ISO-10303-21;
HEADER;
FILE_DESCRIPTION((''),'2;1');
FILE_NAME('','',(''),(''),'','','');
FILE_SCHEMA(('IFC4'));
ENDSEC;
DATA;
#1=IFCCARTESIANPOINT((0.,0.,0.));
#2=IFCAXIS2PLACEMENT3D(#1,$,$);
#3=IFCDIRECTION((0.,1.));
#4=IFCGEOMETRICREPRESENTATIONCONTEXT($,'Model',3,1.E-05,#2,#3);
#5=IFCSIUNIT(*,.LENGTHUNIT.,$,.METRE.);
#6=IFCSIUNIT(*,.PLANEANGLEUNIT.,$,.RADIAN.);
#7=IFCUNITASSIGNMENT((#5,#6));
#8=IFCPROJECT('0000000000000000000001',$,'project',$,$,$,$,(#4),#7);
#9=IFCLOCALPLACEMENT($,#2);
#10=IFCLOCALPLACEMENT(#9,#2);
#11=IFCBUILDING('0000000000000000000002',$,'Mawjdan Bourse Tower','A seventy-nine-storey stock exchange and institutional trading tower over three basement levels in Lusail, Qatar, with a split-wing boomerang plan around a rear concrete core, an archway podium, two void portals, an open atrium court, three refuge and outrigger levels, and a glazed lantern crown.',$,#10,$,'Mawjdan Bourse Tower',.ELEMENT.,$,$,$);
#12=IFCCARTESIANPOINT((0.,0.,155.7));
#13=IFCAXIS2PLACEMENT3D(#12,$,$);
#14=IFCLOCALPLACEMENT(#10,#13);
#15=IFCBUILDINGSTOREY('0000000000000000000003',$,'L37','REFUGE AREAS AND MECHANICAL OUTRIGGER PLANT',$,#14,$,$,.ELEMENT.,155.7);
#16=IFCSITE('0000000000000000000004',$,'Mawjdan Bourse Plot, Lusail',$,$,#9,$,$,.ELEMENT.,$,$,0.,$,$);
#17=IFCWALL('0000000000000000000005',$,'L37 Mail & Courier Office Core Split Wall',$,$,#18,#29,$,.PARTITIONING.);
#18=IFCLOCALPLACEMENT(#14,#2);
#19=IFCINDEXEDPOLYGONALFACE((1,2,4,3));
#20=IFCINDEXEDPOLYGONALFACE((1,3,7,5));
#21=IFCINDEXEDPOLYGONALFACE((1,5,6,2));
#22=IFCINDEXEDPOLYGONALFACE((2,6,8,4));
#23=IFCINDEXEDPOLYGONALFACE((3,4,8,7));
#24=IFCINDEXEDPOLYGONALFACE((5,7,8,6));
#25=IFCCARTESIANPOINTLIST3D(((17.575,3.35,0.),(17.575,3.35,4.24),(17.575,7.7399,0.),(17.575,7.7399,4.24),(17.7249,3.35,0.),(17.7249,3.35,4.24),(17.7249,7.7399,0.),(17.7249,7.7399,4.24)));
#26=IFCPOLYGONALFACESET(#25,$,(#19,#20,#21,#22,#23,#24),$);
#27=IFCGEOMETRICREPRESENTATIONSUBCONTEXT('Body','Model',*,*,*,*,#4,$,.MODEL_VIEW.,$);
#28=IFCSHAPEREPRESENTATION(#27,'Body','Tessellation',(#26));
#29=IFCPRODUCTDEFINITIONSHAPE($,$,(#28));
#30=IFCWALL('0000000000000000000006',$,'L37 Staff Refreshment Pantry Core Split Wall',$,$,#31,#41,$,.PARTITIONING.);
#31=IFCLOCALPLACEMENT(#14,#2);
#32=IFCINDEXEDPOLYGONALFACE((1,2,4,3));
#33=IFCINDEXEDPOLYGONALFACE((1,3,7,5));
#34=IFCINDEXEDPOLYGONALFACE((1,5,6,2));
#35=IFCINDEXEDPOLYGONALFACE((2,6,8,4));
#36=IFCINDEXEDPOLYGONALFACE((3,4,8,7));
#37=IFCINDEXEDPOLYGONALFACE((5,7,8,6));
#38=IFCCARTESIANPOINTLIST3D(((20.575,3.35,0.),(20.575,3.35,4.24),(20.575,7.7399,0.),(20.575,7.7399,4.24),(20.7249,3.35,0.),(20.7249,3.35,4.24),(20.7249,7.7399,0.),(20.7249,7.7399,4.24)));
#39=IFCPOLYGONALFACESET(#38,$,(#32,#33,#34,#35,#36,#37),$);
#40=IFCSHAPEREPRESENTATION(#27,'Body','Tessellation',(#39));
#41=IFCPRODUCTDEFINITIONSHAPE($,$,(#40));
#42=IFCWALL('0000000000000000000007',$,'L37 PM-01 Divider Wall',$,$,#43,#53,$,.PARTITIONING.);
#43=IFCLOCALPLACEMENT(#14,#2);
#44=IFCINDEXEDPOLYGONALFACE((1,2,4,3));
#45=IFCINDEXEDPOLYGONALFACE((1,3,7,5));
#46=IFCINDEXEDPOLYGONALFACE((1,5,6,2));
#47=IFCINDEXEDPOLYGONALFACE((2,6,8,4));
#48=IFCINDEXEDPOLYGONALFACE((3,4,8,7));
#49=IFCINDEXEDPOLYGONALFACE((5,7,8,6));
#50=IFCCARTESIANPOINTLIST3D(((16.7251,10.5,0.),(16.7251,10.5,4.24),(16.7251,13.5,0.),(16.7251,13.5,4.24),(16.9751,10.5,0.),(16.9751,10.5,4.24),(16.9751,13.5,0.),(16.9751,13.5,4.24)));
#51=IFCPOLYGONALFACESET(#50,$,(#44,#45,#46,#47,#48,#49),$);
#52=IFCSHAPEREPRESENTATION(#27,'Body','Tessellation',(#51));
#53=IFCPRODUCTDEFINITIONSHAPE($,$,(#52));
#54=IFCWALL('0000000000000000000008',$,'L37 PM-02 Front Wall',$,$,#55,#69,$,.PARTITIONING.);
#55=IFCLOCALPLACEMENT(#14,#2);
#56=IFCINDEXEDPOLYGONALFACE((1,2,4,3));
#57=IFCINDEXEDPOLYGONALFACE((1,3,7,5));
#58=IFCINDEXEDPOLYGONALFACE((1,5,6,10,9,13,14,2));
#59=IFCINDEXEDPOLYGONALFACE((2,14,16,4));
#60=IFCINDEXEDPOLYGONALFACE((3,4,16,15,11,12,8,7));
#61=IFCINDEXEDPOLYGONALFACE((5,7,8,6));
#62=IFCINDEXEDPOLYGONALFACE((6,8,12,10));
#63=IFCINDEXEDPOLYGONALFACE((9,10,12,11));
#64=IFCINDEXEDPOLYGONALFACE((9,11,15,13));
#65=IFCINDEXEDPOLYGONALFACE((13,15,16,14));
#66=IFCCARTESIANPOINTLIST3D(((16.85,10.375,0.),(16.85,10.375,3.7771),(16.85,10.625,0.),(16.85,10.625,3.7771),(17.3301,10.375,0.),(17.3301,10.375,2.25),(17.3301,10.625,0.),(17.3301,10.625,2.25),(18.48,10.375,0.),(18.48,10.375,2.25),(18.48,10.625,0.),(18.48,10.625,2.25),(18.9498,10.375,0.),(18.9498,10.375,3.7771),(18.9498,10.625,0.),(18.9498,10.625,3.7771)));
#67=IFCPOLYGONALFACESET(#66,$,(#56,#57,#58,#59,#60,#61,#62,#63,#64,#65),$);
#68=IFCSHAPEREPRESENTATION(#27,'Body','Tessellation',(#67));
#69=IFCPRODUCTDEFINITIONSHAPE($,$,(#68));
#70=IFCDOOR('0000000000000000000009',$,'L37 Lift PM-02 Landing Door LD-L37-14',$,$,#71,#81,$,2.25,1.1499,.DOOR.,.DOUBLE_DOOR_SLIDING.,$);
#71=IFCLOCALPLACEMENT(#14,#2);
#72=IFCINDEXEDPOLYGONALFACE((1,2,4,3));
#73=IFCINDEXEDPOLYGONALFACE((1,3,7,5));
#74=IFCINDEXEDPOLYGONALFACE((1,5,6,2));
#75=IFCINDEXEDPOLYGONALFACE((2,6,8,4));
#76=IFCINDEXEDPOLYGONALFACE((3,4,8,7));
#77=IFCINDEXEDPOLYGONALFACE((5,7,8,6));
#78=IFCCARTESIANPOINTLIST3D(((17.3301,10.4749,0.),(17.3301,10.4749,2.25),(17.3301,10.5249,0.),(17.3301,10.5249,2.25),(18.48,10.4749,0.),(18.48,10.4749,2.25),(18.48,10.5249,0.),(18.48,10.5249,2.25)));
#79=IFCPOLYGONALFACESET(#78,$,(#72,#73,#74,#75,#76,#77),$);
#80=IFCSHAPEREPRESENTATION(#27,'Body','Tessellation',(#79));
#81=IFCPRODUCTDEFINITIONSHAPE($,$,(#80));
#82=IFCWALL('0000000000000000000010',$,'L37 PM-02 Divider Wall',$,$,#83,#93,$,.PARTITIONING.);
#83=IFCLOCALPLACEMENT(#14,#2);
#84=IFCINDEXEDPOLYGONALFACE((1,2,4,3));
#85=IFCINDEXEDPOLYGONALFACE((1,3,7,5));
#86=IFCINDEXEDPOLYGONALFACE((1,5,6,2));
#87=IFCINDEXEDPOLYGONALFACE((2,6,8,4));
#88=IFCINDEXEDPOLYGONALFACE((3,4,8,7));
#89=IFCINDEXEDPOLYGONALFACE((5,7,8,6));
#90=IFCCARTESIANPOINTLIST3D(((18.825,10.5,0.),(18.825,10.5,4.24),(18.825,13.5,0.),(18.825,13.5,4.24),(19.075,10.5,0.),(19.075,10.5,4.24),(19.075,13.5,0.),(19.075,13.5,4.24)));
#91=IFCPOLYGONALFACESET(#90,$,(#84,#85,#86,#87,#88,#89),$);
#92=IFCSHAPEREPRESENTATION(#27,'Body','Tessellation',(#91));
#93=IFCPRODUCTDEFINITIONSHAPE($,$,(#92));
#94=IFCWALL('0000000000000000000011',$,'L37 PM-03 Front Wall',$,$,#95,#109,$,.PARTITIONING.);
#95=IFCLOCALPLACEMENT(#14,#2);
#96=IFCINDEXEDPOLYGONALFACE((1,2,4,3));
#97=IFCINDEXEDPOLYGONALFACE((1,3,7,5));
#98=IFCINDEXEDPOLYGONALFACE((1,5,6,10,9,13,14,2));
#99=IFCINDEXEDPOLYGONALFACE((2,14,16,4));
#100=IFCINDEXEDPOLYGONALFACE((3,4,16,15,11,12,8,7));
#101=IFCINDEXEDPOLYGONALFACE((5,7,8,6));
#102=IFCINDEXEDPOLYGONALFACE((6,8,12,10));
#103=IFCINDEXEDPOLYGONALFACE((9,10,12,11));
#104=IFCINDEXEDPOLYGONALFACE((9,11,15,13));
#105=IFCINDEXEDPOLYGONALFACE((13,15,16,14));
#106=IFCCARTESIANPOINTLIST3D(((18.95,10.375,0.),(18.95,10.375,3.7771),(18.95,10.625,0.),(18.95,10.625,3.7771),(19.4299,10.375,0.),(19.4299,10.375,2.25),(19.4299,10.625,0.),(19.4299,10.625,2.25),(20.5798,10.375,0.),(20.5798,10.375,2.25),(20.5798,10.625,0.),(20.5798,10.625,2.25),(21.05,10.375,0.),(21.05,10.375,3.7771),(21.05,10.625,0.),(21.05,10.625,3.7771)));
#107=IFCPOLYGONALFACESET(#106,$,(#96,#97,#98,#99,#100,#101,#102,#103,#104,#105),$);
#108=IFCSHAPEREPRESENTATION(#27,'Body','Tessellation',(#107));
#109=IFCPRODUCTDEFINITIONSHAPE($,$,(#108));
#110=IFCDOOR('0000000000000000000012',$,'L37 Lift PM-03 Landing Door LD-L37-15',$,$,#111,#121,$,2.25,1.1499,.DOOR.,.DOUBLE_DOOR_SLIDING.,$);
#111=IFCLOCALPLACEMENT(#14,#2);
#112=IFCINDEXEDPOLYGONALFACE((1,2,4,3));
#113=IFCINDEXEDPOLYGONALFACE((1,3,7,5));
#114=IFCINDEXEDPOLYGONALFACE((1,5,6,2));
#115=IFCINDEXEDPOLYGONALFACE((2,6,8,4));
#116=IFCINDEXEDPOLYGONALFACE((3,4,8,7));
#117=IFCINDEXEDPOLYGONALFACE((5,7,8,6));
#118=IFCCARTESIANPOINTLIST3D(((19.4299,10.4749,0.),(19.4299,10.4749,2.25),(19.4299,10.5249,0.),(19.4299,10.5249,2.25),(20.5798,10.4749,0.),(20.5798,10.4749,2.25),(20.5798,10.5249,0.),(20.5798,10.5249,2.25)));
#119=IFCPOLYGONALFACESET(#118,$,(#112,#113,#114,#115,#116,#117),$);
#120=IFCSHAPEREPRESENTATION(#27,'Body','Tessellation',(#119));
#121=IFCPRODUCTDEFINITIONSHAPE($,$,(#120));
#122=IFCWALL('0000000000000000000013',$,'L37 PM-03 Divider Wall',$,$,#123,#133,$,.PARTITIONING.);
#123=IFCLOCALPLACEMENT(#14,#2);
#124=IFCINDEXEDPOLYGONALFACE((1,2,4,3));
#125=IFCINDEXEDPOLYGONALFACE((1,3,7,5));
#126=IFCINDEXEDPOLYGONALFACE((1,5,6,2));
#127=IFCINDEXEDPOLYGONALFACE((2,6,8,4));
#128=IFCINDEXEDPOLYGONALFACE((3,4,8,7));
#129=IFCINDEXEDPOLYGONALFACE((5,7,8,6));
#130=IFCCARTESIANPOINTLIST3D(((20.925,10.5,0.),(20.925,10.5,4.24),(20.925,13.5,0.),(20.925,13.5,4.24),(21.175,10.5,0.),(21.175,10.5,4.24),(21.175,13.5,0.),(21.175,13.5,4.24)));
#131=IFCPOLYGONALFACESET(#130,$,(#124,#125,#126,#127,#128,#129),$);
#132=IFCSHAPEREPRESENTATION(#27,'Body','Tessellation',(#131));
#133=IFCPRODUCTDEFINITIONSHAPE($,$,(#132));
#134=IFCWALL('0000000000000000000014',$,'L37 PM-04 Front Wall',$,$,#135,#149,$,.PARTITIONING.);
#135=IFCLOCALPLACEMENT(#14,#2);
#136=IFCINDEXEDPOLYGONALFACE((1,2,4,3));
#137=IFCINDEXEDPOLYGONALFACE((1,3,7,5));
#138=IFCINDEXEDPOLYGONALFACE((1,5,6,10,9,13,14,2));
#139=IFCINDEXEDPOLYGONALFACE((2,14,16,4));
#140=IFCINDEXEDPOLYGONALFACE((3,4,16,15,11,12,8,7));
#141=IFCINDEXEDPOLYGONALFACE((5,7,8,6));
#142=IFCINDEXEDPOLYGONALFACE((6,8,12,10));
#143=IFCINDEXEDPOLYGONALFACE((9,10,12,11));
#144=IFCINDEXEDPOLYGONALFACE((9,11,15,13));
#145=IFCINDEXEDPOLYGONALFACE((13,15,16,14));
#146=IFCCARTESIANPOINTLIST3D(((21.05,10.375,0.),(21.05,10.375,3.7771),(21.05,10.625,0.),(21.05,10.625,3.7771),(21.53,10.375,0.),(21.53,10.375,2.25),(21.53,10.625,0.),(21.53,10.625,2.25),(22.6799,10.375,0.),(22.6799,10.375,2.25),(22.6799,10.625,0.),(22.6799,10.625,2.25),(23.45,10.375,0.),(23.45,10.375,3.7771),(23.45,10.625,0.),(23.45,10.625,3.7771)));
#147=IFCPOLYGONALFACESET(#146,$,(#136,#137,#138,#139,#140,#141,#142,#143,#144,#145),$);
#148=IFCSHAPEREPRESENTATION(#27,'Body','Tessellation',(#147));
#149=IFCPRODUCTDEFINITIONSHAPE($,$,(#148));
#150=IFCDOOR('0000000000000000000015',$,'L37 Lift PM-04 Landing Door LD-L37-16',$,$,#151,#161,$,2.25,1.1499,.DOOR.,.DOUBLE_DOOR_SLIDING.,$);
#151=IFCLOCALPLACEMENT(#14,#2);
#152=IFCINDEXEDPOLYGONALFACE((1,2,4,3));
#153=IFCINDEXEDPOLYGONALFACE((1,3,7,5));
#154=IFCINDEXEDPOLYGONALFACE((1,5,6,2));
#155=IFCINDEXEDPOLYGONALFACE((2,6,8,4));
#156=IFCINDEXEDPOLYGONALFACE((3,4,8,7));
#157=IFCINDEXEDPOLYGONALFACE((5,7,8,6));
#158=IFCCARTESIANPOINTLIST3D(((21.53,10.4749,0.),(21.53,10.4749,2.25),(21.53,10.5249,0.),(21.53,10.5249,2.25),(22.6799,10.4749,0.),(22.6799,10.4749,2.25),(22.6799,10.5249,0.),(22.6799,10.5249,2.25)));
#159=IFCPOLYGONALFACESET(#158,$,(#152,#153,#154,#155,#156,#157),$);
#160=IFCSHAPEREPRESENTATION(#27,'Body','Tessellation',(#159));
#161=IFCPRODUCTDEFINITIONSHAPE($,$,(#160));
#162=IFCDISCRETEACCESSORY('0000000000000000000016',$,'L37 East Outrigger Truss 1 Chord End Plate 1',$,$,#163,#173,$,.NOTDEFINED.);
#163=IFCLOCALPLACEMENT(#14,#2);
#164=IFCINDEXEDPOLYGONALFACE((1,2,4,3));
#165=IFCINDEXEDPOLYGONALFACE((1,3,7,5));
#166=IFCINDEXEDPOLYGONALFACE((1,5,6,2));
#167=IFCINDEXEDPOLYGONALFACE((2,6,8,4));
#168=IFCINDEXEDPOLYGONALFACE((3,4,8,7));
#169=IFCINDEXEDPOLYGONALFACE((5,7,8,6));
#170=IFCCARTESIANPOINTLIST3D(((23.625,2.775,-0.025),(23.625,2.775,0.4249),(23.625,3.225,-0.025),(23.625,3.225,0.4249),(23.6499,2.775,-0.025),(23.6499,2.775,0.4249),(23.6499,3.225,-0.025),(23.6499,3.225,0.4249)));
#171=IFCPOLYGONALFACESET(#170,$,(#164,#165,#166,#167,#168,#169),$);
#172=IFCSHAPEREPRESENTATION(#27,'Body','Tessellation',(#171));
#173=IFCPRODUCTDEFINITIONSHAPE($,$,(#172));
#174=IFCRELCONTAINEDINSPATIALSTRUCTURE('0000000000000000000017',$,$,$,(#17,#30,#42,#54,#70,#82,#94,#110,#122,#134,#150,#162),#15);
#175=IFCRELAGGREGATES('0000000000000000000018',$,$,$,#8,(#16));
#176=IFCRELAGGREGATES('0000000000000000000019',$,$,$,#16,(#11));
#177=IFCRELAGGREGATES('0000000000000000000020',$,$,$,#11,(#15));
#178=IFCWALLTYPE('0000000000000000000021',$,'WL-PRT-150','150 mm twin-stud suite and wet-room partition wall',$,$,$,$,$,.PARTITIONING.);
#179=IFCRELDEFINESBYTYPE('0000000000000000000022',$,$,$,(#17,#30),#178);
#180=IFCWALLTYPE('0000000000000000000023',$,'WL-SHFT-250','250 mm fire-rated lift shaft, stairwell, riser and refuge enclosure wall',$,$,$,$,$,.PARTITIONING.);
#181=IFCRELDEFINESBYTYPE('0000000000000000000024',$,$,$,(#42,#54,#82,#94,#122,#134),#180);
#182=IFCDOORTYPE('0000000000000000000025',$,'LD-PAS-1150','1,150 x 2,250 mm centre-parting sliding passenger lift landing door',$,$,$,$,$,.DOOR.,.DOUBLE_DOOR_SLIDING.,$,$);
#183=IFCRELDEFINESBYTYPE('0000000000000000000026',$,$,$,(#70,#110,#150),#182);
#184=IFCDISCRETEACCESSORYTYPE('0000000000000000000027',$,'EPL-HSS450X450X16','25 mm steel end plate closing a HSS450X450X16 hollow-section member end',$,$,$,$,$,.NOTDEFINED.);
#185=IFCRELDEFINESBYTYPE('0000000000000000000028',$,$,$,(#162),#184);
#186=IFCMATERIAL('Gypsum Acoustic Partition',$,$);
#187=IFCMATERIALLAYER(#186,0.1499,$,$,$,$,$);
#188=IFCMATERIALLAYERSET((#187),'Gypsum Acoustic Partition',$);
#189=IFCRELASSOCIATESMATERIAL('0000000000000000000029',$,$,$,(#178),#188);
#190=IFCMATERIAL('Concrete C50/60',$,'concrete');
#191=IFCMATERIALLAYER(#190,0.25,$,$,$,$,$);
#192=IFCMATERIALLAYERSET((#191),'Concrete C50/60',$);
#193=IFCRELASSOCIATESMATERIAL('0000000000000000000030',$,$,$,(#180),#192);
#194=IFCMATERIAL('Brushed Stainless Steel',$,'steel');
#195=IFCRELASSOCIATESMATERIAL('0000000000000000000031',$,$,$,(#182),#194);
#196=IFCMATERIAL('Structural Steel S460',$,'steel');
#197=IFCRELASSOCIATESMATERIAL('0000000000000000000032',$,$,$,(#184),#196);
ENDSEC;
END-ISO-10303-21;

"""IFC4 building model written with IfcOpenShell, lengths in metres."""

from ifc_helpers import new_model, si_unit, direction, frame, frame_2d, origin, origin_2d, place, context, subcontext, project, spatial, rectangle, extrude, material, layer, layer_set, material_profile, profile_set, type_object, element, fill, save


model = new_model("IFC4")

# Units and contexts
model_context = context("Model", 3, precision=1e-05, world=origin(), true_north=direction((0.0, 1.0)))
body_context = subcontext(model_context, "Body", "Model", "MODEL_VIEW")
ifc_project = project(units=[si_unit("LENGTHUNIT", "METRE"), si_unit("PLANEANGLEUNIT", "RADIAN")], contexts=[model_context])

# Site, building, storey
site_placement = place(None, origin())
site = spatial("IfcSite", under=ifc_project, at=site_placement, Name="Mawjdan Bourse Plot, Lusail", CompositionType="ELEMENT", RefElevation=0.0)
building_placement = place(site_placement, origin())
building = spatial("IfcBuilding", under=site, at=building_placement, Name="Mawjdan Bourse Tower", Description="A seventy-nine-storey stock exchange and institutional trading tower over three basement levels in Lusail, Qatar, with a split-wing boomerang plan around a rear concrete core, an archway podium, two void portals, an open atrium court, three refuge and outrigger levels, and a glazed lantern crown.", LongName="Mawjdan Bourse Tower", CompositionType="ELEMENT")
storey_placement = place(building_placement, frame((0.0, 0.0, 155.7)))
storey = spatial("IfcBuildingStorey", under=building, at=storey_placement, Name="L37", Description="REFUGE AREAS AND MECHANICAL OUTRIGGER PLANT", CompositionType="ELEMENT", Elevation=155.7)

# Shared definitions
ifc_material_1 = material(Name="Structural Steel S460", Category="steel")

# Walls
ifc_material_2 = material(Name="Gypsum Acoustic Partition")
ifc_layer_1 = layer(ifc_material_2, 0.1499)
ifc_layer_set_1 = layer_set([ifc_layer_1], Name="Gypsum Acoustic Partition")
wall_type_1 = type_object("IfcWallType", Name="WL-PRT-150", Description="150 mm twin-stud suite and wet-room partition wall", PredefinedType="PARTITIONING", material=ifc_layer_set_1)
for number, where, z_axis, x_axis, name in (
    (1, (17.6499, 3.3501, 0.0), (0.0, 0.0, 1.0), (0.0, 1.0, 0.0), "L37 Mail & Courier Office Core Split Wall"),
    (2, (20.6499, 3.3501, 0.0), (0.0, 0.0, 1.0), (0.0, 1.0, 0.0), "L37 Staff Refreshment Pantry Core Split Wall"),
):
    element("IfcWall", number, at=place(storey_placement, frame(where, z_axis=z_axis, x_axis=x_axis)), inside=storey, type_object=wall_type_1, Name=name, PredefinedType="PARTITIONING", context=body_context, shape_type="SweptSolid", body=[
        extrude(rectangle(XDim=4.3899, YDim=0.1499, at=frame_2d((2.1948, 0.0))), origin(), (0.0, 0.0, 1.0), 4.24),
    ])
ifc_material_3 = material(Name="Concrete C50/60", Category="concrete")
ifc_layer_2 = layer(ifc_material_3, 0.25)
ifc_layer_set_2 = layer_set([ifc_layer_2], Name="Concrete C50/60")
wall_type_2 = type_object("IfcWallType", Name="WL-SHFT-250", Description="250 mm fire-rated lift shaft, stairwell, riser and refuge enclosure wall", PredefinedType="PARTITIONING", material=ifc_layer_set_2)
wall_1_placement = place(storey_placement, frame((16.8501, 10.5, 0.0), z_axis=(0.0, 0.0, 1.0), x_axis=(0.0, 1.0, 0.0)))
element("IfcWall", 3, at=wall_1_placement, inside=storey, type_object=wall_type_2, Name="L37 PM-01 Divider Wall", PredefinedType="PARTITIONING", context=body_context, shape_type="SweptSolid", body=[
    extrude(rectangle(XDim=3.0, YDim=0.25, at=frame_2d((1.5, 0.0))), origin(), (0.0, 0.0, 1.0), 4.24),
])

# Wall, opening, door
wall_2_placement = place(storey_placement, frame((16.8501, 10.5, 0.0), z_axis=(0.0, 0.0, 1.0), x_axis=(1.0, 0.0, 0.0)))
wall_2 = element("IfcWall", 4, at=wall_2_placement, inside=storey, type_object=wall_type_2, Name="L37 PM-02 Front Wall", PredefinedType="PARTITIONING", context=body_context, shape_type="SweptSolid", body=[
    extrude(rectangle(XDim=2.0999, YDim=0.25, at=frame_2d((1.0498, 0.0))), origin(), (0.0, 0.0, 1.0), 3.7771),
])
opening_1_placement = place(wall_2_placement, frame((0.48, 0.0, 0.0)))
opening_1 = element("IfcOpeningElement", 5, at=opening_1_placement, cuts=wall_2, PredefinedType="OPENING", context=body_context, shape_type="SweptSolid", body=[
    extrude(rectangle(XDim=1.1499, YDim=2.25, at=frame_2d((0.575, 1.125))), frame((0.0, 0.135, 0.0), z_axis=(0.0, -1.0, 0.0), x_axis=(1.0, 0.0, 0.0)), (0.0, 0.0, 1.0), 0.27),
])
ifc_material_4 = material(Name="Brushed Stainless Steel", Category="steel")
door_type_1 = type_object("IfcDoorType", Name="LD-PAS-1150", Description="1,150 x 2,250 mm centre-parting sliding passenger lift landing door", OperationType="DOUBLE_DOOR_SLIDING", PredefinedType="DOOR", material=ifc_material_4)
door_1_placement = place(opening_1_placement, origin())
door_1 = element("IfcDoor", 6, at=door_1_placement, inside=storey, type_object=door_type_1, Name="L37 Lift PM-02 Landing Door LD-L37-14", OperationType="DOUBLE_DOOR_SLIDING", OverallHeight=2.25, OverallWidth=1.1499, PredefinedType="DOOR", context=body_context, shape_type="SweptSolid", body=[
    extrude(rectangle(XDim=1.1499, YDim=2.25, at=frame_2d((0.575, 1.125))), frame((0.0, 0.0249, 0.0), z_axis=(0.0, -1.0, 0.0), x_axis=(1.0, 0.0, 0.0)), (0.0, 0.0, 1.0), 0.05),
])
fill(opening_1, door_1)

# Wall
wall_3_placement = place(storey_placement, frame((18.95, 10.5, 0.0), z_axis=(0.0, 0.0, 1.0), x_axis=(0.0, 1.0, 0.0)))
element("IfcWall", 7, at=wall_3_placement, inside=storey, type_object=wall_type_2, Name="L37 PM-02 Divider Wall", PredefinedType="PARTITIONING", context=body_context, shape_type="SweptSolid", body=[
    extrude(rectangle(XDim=3.0, YDim=0.25, at=frame_2d((1.5, 0.0))), origin(), (0.0, 0.0, 1.0), 4.24),
])

# Wall, opening, door
wall_4_placement = place(storey_placement, frame((18.95, 10.5, 0.0), z_axis=(0.0, 0.0, 1.0), x_axis=(1.0, 0.0, 0.0)))
wall_4 = element("IfcWall", 8, at=wall_4_placement, inside=storey, type_object=wall_type_2, Name="L37 PM-03 Front Wall", PredefinedType="PARTITIONING", context=body_context, shape_type="SweptSolid", body=[
    extrude(rectangle(XDim=2.1001, YDim=0.25, at=frame_2d((1.05, 0.0))), origin(), (0.0, 0.0, 1.0), 3.7771),
])
opening_2_placement = place(wall_4_placement, frame((0.48, 0.0, 0.0)))
opening_2 = element("IfcOpeningElement", 9, at=opening_2_placement, cuts=wall_4, PredefinedType="OPENING", context=body_context, shape_type="SweptSolid", body=[
    extrude(rectangle(XDim=1.1499, YDim=2.25, at=frame_2d((0.575, 1.125))), frame((0.0, 0.135, 0.0), z_axis=(0.0, -1.0, 0.0), x_axis=(1.0, 0.0, 0.0)), (0.0, 0.0, 1.0), 0.27),
])
door_2_placement = place(opening_2_placement, origin())
door_2 = element("IfcDoor", 10, at=door_2_placement, inside=storey, type_object=door_type_1, Name="L37 Lift PM-03 Landing Door LD-L37-15", OperationType="DOUBLE_DOOR_SLIDING", OverallHeight=2.25, OverallWidth=1.1499, PredefinedType="DOOR", context=body_context, shape_type="SweptSolid", body=[
    extrude(rectangle(XDim=1.1499, YDim=2.25, at=frame_2d((0.575, 1.125))), frame((0.0, 0.0249, 0.0), z_axis=(0.0, -1.0, 0.0), x_axis=(1.0, 0.0, 0.0)), (0.0, 0.0, 1.0), 0.05),
])
fill(opening_2, door_2)

# Wall
wall_5_placement = place(storey_placement, frame((21.05, 10.5, 0.0), z_axis=(0.0, 0.0, 1.0), x_axis=(0.0, 1.0, 0.0)))
element("IfcWall", 11, at=wall_5_placement, inside=storey, type_object=wall_type_2, Name="L37 PM-03 Divider Wall", PredefinedType="PARTITIONING", context=body_context, shape_type="SweptSolid", body=[
    extrude(rectangle(XDim=3.0, YDim=0.25, at=frame_2d((1.5, 0.0))), origin(), (0.0, 0.0, 1.0), 4.24),
])

# Wall, opening, door
wall_6_placement = place(storey_placement, frame((21.05, 10.5, 0.0), z_axis=(0.0, 0.0, 1.0), x_axis=(1.0, 0.0, 0.0)))
wall_6 = element("IfcWall", 12, at=wall_6_placement, inside=storey, type_object=wall_type_2, Name="L37 PM-04 Front Wall", PredefinedType="PARTITIONING", context=body_context, shape_type="SweptSolid", body=[
    extrude(rectangle(XDim=2.3999, YDim=0.25, at=frame_2d((1.2, 0.0))), origin(), (0.0, 0.0, 1.0), 3.7771),
])
opening_3_placement = place(wall_6_placement, frame((0.48, 0.0, 0.0)))
opening_3 = element("IfcOpeningElement", 13, at=opening_3_placement, cuts=wall_6, PredefinedType="OPENING", context=body_context, shape_type="SweptSolid", body=[
    extrude(rectangle(XDim=1.1499, YDim=2.25, at=frame_2d((0.575, 1.125))), frame((0.0, 0.135, 0.0), z_axis=(0.0, -1.0, 0.0), x_axis=(1.0, 0.0, 0.0)), (0.0, 0.0, 1.0), 0.27),
])
door_3_placement = place(opening_3_placement, origin())
door_3 = element("IfcDoor", 14, at=door_3_placement, inside=storey, type_object=door_type_1, Name="L37 Lift PM-04 Landing Door LD-L37-16", OperationType="DOUBLE_DOOR_SLIDING", OverallHeight=2.25, OverallWidth=1.1499, PredefinedType="DOOR", context=body_context, shape_type="SweptSolid", body=[
    extrude(rectangle(XDim=1.1499, YDim=2.25, at=frame_2d((0.575, 1.125))), frame((0.0, 0.0249, 0.0), z_axis=(0.0, -1.0, 0.0), x_axis=(1.0, 0.0, 0.0)), (0.0, 0.0, 1.0), 0.05),
])
fill(opening_3, door_3)

# Discrete accessory
ifc_material_profile_1 = material_profile(ifc_material_1, rectangle(XDim=0.45, YDim=0.45, at=origin_2d()), Name="EPL-HSS450X450X16")
ifc_profile_set_1 = profile_set([ifc_material_profile_1], Name="Structural Steel S460")
discrete_accessory_type = type_object("IfcDiscreteAccessoryType", Name="EPL-HSS450X450X16", Description="25 mm steel end plate closing a HSS450X450X16 hollow-section member end", PredefinedType="NOTDEFINED", material=ifc_profile_set_1)
discrete_accessory_placement = place(storey_placement, frame((23.6499, 3.0, 0.2), z_axis=(-1.0, 0.0, 0.0), x_axis=(0.0, -1.0, 0.0)))
element("IfcDiscreteAccessory", 15, at=discrete_accessory_placement, inside=storey, type_object=discrete_accessory_type, Name="L37 East Outrigger Truss 1 Chord End Plate 1", PredefinedType="NOTDEFINED", context=body_context, shape_type="SweptSolid", body=[
    extrude(rectangle(XDim=0.45, YDim=0.45, at=origin_2d()), origin(), (0.0, 0.0, 1.0), 0.0249),
])

save(model, "model.ifc")
